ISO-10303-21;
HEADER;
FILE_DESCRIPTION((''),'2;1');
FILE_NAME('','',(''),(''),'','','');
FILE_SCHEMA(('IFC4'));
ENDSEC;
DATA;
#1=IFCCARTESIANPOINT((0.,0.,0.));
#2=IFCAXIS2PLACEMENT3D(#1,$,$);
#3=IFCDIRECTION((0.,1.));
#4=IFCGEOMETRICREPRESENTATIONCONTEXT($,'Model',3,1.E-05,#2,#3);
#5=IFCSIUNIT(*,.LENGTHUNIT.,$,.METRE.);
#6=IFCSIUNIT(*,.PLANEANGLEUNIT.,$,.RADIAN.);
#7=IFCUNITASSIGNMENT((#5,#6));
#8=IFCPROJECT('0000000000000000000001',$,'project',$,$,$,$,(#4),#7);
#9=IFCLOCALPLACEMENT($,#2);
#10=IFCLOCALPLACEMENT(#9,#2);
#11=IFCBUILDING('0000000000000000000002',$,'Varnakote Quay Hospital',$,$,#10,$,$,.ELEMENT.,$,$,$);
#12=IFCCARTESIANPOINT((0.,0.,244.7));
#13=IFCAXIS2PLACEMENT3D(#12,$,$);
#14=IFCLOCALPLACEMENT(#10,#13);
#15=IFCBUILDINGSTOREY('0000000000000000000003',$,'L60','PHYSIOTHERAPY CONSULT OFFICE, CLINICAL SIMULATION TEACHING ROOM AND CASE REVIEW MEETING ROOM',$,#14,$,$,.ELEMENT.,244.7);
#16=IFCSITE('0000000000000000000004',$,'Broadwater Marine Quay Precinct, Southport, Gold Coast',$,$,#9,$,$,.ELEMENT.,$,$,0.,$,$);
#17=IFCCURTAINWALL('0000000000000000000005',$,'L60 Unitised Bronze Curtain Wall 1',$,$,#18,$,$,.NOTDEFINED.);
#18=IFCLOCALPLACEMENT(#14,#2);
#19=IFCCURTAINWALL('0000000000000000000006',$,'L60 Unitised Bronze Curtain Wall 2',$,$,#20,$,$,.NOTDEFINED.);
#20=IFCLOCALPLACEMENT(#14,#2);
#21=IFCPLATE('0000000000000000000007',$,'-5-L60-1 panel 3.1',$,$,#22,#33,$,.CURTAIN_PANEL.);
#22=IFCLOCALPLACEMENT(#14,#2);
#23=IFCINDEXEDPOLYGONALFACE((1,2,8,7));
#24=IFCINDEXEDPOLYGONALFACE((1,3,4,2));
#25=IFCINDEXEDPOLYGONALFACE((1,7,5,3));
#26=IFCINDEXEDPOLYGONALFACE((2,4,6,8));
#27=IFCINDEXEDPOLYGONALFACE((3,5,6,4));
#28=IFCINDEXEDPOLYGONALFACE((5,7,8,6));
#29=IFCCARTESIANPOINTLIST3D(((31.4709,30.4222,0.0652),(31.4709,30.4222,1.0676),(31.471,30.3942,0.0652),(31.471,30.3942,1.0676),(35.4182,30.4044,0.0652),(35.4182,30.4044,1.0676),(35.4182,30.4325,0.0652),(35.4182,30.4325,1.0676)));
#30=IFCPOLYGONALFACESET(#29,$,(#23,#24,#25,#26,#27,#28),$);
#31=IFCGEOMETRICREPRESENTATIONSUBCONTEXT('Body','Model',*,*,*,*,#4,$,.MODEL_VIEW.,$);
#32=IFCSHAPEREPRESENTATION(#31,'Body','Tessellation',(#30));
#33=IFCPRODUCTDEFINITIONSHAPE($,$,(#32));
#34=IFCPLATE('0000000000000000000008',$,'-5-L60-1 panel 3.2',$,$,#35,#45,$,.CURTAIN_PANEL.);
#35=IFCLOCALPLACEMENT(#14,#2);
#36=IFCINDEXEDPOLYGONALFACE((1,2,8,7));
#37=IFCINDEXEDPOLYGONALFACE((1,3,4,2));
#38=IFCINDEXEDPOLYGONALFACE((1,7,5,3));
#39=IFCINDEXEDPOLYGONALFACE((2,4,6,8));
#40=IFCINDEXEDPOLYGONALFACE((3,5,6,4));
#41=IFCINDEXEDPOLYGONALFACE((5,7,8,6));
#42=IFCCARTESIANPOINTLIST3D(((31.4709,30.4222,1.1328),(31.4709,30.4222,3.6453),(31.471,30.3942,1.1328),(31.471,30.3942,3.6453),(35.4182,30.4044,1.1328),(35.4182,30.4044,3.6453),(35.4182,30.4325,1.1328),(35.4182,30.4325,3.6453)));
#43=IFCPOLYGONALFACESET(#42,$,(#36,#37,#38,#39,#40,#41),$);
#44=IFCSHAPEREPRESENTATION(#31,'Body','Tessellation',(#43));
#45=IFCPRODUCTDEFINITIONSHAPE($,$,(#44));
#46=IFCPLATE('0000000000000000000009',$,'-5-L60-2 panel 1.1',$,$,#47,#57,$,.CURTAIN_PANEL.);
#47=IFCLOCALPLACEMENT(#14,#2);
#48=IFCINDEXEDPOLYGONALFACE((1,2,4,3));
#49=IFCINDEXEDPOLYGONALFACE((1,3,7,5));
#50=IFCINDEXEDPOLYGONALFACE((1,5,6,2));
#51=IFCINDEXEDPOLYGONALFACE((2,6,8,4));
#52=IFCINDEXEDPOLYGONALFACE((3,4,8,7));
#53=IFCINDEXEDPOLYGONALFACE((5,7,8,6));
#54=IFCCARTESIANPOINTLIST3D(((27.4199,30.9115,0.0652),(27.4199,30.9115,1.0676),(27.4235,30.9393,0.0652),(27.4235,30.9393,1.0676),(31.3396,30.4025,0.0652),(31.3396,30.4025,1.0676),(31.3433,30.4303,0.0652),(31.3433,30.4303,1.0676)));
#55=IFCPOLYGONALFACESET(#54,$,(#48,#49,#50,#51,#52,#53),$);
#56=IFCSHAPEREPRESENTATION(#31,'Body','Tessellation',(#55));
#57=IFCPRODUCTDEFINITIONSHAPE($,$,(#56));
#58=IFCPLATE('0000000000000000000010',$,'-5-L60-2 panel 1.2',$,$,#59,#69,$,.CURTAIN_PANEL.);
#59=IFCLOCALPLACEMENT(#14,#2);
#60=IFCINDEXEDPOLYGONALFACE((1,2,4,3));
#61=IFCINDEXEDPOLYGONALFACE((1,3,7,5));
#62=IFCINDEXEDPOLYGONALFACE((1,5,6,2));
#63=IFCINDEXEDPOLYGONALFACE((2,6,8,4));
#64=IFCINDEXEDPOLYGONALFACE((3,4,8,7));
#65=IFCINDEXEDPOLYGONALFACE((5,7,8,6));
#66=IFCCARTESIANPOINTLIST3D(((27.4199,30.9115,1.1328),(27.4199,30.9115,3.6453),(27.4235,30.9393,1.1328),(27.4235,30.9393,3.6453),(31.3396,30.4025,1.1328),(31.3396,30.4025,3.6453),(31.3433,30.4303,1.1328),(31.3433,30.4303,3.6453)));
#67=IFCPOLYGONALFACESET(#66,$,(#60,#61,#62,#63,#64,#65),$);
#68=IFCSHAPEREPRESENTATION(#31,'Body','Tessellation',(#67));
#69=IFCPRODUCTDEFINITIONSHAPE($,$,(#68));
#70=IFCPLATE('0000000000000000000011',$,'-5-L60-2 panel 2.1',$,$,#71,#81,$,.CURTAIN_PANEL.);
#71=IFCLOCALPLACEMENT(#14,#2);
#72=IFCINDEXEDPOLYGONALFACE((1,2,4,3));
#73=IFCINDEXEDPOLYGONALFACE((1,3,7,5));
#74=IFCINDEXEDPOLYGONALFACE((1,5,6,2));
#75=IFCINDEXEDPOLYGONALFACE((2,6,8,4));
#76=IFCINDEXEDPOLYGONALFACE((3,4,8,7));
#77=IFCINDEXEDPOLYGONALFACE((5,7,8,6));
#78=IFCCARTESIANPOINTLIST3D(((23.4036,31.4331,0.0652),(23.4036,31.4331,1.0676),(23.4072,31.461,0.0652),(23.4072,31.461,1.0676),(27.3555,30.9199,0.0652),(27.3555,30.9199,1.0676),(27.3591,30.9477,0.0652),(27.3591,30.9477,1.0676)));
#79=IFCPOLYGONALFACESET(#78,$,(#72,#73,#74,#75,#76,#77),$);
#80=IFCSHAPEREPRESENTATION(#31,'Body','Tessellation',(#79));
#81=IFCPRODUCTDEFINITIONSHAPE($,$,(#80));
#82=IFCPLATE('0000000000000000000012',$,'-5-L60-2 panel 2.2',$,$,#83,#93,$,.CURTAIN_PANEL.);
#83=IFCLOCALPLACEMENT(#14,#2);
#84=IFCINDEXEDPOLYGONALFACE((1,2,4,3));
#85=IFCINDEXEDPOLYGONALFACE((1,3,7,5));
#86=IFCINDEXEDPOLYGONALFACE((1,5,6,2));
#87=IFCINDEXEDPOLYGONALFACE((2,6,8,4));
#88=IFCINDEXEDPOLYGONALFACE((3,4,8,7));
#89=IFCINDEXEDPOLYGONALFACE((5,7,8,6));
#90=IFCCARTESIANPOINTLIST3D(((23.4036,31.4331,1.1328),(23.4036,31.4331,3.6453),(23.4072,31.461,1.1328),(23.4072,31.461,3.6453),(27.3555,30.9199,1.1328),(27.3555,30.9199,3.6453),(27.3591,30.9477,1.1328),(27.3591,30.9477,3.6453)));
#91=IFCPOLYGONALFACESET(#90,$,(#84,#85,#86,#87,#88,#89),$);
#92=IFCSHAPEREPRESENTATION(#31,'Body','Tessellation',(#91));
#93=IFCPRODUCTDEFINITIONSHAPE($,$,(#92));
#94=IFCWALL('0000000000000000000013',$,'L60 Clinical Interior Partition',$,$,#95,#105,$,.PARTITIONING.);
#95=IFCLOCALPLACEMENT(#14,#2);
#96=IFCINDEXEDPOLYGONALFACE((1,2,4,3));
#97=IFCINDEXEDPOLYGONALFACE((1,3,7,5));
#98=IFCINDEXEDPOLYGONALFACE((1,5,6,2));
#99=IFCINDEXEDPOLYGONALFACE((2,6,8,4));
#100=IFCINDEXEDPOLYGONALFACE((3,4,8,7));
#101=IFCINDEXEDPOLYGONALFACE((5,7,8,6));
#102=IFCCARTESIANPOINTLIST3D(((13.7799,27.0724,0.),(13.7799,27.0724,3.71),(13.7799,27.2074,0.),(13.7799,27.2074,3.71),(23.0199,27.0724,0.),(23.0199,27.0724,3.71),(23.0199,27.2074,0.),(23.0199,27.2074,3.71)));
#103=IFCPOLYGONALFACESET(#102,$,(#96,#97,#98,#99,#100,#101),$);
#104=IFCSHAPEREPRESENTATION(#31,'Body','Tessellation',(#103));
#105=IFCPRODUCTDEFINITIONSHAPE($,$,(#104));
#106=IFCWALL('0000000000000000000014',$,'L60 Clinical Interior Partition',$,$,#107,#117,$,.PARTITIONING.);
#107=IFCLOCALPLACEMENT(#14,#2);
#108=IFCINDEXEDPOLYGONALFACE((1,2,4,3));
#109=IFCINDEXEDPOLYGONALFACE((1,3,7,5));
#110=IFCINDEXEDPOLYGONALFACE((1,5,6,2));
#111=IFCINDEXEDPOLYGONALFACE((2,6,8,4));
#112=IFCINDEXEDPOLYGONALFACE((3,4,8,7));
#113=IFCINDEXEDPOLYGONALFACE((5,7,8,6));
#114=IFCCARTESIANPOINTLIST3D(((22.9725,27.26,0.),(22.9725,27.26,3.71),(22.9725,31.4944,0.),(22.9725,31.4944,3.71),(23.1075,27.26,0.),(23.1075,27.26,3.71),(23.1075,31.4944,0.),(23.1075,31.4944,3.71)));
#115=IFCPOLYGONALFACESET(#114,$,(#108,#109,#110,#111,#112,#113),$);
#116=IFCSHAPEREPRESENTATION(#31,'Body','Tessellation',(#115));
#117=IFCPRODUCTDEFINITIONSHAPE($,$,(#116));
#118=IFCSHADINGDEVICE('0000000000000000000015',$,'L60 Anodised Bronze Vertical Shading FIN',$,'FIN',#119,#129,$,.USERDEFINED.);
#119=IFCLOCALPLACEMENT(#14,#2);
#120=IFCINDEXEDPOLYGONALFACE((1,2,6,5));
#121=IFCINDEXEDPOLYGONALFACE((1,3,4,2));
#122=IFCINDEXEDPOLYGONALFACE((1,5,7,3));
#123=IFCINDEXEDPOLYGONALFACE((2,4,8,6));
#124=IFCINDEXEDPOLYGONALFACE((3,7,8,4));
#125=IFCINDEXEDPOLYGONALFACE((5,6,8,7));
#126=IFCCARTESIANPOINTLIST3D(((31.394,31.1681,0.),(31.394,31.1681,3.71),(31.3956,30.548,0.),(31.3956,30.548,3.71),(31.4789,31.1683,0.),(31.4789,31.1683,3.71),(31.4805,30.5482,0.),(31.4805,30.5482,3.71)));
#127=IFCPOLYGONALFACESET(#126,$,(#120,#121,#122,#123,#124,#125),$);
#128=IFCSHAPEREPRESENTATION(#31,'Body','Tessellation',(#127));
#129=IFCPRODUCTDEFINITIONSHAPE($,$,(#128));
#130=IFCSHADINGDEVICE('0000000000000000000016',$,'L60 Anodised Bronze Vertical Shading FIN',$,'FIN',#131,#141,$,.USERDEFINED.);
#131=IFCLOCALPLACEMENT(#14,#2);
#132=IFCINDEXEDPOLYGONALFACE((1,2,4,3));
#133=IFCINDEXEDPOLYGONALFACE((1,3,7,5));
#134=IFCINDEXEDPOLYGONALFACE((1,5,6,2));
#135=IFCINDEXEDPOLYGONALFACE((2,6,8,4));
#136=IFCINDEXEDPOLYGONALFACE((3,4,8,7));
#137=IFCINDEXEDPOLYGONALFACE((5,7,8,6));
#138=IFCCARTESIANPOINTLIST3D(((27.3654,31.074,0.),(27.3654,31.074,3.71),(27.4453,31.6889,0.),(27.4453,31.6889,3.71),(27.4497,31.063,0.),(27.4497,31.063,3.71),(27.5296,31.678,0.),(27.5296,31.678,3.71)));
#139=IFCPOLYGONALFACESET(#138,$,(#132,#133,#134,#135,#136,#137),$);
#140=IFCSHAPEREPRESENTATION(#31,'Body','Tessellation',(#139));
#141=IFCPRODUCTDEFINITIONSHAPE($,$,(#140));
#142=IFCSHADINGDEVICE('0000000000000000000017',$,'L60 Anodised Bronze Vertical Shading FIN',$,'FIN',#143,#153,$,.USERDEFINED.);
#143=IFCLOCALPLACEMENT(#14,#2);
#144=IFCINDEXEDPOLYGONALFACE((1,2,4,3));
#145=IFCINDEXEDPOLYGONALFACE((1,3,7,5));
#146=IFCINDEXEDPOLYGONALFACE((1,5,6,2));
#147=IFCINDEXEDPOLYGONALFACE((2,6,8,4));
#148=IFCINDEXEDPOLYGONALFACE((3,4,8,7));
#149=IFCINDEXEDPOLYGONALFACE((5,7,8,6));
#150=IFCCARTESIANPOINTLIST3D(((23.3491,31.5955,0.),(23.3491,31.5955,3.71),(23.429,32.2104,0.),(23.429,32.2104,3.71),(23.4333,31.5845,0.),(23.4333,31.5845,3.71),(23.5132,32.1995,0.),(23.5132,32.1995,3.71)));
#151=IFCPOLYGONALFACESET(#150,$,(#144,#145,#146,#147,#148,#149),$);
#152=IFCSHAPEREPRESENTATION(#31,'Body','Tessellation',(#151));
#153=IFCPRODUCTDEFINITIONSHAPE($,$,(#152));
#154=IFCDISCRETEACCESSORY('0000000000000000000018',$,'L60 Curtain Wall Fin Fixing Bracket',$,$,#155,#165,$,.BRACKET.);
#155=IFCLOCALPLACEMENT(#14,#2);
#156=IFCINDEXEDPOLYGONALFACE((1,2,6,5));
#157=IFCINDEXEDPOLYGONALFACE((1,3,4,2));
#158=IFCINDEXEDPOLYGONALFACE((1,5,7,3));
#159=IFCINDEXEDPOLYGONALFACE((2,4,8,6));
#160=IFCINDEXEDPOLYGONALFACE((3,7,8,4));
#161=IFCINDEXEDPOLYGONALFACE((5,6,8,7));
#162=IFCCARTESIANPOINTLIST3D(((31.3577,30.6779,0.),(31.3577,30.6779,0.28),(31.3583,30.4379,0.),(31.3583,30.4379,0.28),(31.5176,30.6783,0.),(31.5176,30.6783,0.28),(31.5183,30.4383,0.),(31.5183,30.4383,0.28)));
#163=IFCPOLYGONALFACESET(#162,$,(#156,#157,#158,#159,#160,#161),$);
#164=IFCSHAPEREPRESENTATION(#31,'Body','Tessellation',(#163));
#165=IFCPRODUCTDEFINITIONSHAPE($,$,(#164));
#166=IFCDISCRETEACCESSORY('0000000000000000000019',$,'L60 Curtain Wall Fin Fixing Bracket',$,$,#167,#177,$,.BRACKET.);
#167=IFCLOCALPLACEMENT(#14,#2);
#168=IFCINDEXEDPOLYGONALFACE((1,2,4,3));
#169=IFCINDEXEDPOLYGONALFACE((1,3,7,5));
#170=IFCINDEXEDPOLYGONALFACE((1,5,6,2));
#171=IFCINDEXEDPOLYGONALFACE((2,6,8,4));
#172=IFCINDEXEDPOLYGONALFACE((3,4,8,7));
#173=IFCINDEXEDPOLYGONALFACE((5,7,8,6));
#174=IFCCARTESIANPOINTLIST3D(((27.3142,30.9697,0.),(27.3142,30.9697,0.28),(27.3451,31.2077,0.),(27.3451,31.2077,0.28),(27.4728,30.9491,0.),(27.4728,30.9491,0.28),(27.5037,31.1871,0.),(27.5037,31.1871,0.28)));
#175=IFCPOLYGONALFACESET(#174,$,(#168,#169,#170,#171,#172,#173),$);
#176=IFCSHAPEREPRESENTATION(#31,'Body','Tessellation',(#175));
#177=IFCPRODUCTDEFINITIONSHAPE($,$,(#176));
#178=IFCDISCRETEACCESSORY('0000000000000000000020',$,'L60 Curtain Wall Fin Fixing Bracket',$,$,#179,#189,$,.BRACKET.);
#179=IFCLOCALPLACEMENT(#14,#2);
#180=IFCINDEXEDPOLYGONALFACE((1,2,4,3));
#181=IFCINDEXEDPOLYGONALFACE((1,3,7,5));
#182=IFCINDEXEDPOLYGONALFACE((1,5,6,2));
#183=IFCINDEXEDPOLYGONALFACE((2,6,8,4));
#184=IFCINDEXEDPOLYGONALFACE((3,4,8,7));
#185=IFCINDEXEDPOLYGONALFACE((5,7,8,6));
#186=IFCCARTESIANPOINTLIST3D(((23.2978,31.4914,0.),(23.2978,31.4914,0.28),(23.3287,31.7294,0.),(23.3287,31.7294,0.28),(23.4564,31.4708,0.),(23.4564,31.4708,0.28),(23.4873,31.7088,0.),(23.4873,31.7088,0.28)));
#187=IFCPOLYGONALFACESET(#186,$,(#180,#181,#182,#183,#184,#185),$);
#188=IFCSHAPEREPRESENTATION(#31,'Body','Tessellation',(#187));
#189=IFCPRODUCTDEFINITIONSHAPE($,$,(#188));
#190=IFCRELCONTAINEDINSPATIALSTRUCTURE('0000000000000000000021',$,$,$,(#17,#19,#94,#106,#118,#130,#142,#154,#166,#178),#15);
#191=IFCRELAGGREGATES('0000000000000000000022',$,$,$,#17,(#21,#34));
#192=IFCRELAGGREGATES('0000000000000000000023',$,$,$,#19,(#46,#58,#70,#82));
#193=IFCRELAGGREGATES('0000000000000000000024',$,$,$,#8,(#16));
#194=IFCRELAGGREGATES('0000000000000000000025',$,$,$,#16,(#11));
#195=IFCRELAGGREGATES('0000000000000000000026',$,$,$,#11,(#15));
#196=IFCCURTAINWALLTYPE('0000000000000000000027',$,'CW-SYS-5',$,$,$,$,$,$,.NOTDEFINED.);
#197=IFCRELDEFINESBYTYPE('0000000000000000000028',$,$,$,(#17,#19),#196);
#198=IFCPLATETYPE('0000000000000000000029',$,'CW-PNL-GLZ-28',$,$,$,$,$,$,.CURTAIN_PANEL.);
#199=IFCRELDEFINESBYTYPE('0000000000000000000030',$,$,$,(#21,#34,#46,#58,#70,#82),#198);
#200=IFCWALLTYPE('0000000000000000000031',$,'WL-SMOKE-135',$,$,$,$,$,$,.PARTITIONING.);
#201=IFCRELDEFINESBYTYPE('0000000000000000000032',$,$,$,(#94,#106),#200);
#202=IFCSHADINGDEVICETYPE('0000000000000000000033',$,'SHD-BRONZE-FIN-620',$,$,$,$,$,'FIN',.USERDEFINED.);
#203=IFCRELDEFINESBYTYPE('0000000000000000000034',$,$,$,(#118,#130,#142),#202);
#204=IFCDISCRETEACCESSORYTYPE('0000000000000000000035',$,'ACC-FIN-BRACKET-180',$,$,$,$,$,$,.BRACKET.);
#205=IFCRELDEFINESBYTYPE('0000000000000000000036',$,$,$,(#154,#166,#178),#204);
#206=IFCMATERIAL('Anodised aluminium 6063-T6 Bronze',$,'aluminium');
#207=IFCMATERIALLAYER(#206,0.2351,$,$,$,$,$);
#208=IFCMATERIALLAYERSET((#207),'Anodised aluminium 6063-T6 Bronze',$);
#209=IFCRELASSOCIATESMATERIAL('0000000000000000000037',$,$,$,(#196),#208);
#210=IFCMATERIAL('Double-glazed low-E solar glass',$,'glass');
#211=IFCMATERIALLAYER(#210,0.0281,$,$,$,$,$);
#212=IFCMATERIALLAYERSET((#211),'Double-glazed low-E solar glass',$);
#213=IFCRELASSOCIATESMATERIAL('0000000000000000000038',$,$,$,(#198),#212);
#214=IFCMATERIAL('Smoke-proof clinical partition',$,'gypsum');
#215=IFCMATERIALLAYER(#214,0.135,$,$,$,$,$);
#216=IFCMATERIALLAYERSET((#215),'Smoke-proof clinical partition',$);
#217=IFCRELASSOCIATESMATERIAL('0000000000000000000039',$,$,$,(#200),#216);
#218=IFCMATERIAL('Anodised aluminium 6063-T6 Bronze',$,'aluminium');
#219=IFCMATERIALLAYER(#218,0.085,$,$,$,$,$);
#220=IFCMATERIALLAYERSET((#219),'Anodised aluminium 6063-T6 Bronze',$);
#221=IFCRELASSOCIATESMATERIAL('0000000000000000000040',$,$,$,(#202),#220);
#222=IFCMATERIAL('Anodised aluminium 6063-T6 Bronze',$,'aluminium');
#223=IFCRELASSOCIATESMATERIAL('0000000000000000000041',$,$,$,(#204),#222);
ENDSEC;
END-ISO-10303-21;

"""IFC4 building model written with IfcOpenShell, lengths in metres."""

from ifc_helpers import new_model, si_unit, direction, frame, frame_2d, origin, origin_2d, place, context, subcontext, project, spatial, rectangle, extrude, material, layer, layer_set, type_object, element, aggregate, save


model = new_model("IFC4")

# Units and contexts
model_context = context("Model", 3, precision=1e-05, world=origin(), true_north=direction((0.0, 1.0)))
body_context = subcontext(model_context, "Body", "Model", "MODEL_VIEW")
ifc_project = project(units=[si_unit("LENGTHUNIT", "METRE"), si_unit("PLANEANGLEUNIT", "RADIAN")], contexts=[model_context])

# Site, building, storey
site_placement = place(None, origin())
site = spatial("IfcSite", under=ifc_project, at=site_placement, Name="Broadwater Marine Quay Precinct, Southport, Gold Coast", CompositionType="ELEMENT", RefElevation=0.0)
building_placement = place(site_placement, origin())
building = spatial("IfcBuilding", under=site, at=building_placement, Name="Varnakote Quay Hospital", CompositionType="ELEMENT")
storey_placement = place(building_placement, frame((0.0, 0.0, 244.7)))
storey = spatial("IfcBuildingStorey", under=building, at=storey_placement, Name="L60", Description="PHYSIOTHERAPY CONSULT OFFICE, CLINICAL SIMULATION TEACHING ROOM AND CASE REVIEW MEETING ROOM", CompositionType="ELEMENT", Elevation=244.7)

# Curtain wall
ifc_material_1 = material(Name="Anodised aluminium 6063-T6 Bronze", Category="aluminium")
ifc_layer_1 = layer(ifc_material_1, 0.2351)
ifc_layer_set_1 = layer_set([ifc_layer_1], Name="Anodised aluminium 6063-T6 Bronze")
curtain_wall_type = type_object("IfcCurtainWallType", Name="CW-SYS-5", PredefinedType="NOTDEFINED", material=ifc_layer_set_1)
curtain_wall_1_placement = place(storey_placement, origin())
curtain_wall_1 = element("IfcCurtainWall", 1, at=curtain_wall_1_placement, inside=storey, type_object=curtain_wall_type, Name="L60 Unitised Bronze Curtain Wall 1", PredefinedType="NOTDEFINED")

# Curtain wall
curtain_wall_2_placement = place(storey_placement, origin())
curtain_wall_2 = element("IfcCurtainWall", 2, at=curtain_wall_2_placement, inside=storey, type_object=curtain_wall_type, Name="L60 Unitised Bronze Curtain Wall 2", PredefinedType="NOTDEFINED")

# Plates
ifc_material_2 = material(Name="Double-glazed low-E solar glass", Category="glass")
ifc_layer_2 = layer(ifc_material_2, 0.0281)
ifc_layer_set_2 = layer_set([ifc_layer_2], Name="Double-glazed low-E solar glass")
plate_type = type_object("IfcPlateType", Name="CW-PNL-GLZ-28", PredefinedType="CURTAIN_PANEL", material=ifc_layer_set_2)
plate_1_placement = place(storey_placement, frame((33.4446, 30.4133, 0.0652), z_axis=(0.0, 0.0, 1.0), x_axis=(-0.999997, -0.002604, 0.0)))
plate_1 = element("IfcPlate", 3, at=plate_1_placement, type_object=plate_type, Name="-5-L60-1 panel 3.1", PredefinedType="CURTAIN_PANEL", context=body_context, shape_type="SweptSolid", body=[
    extrude(rectangle(XDim=3.9473, YDim=0.0281, at=origin_2d()), origin(), (0.0, 0.0, 1.0), 1.0024),
])
plate_2_placement = place(storey_placement, frame((33.4446, 30.4133, 1.1328), z_axis=(0.0, 0.0, 1.0), x_axis=(-0.999997, -0.002604, 0.0)))
plate_2 = element("IfcPlate", 4, at=plate_2_placement, type_object=plate_type, Name="-5-L60-1 panel 3.2", PredefinedType="CURTAIN_PANEL", context=body_context, shape_type="SweptSolid", body=[
    extrude(rectangle(XDim=3.9473, YDim=0.0281, at=origin_2d()), origin(), (0.0, 0.0, 1.0), 2.5125),
])
aggregate(curtain_wall_1, [plate_1, plate_2])
plate_3_placement = place(storey_placement, frame((29.3816, 30.6709, 0.0652), z_axis=(0.0, 0.0, 1.0), x_axis=(-0.991672, 0.128787, 0.0)))
plate_3 = element("IfcPlate", 5, at=plate_3_placement, type_object=plate_type, Name="-5-L60-2 panel 1.1", PredefinedType="CURTAIN_PANEL", context=body_context, shape_type="SweptSolid", body=[
    extrude(rectangle(XDim=3.9526, YDim=0.0281, at=origin_2d()), origin(), (0.0, 0.0, 1.0), 1.0024),
])
plate_4_placement = place(storey_placement, frame((29.3816, 30.6709, 1.1328), z_axis=(0.0, 0.0, 1.0), x_axis=(-0.991672, 0.128787, 0.0)))
plate_4 = element("IfcPlate", 6, at=plate_4_placement, type_object=plate_type, Name="-5-L60-2 panel 1.2", PredefinedType="CURTAIN_PANEL", context=body_context, shape_type="SweptSolid", body=[
    extrude(rectangle(XDim=3.9526, YDim=0.0281, at=origin_2d()), origin(), (0.0, 0.0, 1.0), 2.5125),
])
plate_5_placement = place(storey_placement, frame((25.3813, 31.1904, 0.0652), z_axis=(0.0, 0.0, 1.0), x_axis=(-0.991672, 0.128787, 0.0)))
plate_5 = element("IfcPlate", 7, at=plate_5_placement, type_object=plate_type, Name="-5-L60-2 panel 2.1", PredefinedType="CURTAIN_PANEL", context=body_context, shape_type="SweptSolid", body=[
    extrude(rectangle(XDim=3.9851, YDim=0.0281, at=origin_2d()), origin(), (0.0, 0.0, 1.0), 1.0024),
])
plate_6_placement = place(storey_placement, frame((25.3813, 31.1904, 1.1328), z_axis=(0.0, 0.0, 1.0), x_axis=(-0.991672, 0.128787, 0.0)))
plate_6 = element("IfcPlate", 8, at=plate_6_placement, type_object=plate_type, Name="-5-L60-2 panel 2.2", PredefinedType="CURTAIN_PANEL", context=body_context, shape_type="SweptSolid", body=[
    extrude(rectangle(XDim=3.9851, YDim=0.0281, at=origin_2d()), origin(), (0.0, 0.0, 1.0), 2.5125),
])
aggregate(curtain_wall_2, [plate_3, plate_4, plate_5, plate_6])

# Walls
ifc_material_3 = material(Name="Smoke-proof clinical partition", Category="gypsum")
ifc_layer_3 = layer(ifc_material_3, 0.135)
ifc_layer_set_3 = layer_set([ifc_layer_3], Name="Smoke-proof clinical partition")
wall_type = type_object("IfcWallType", Name="WL-SMOKE-135", PredefinedType="PARTITIONING", material=ifc_layer_set_3)
wall_1_placement = place(storey_placement, frame((23.02, 27.1399, 0.0), z_axis=(0.0, 0.0, 1.0), x_axis=(-1.0, 0.0, 0.0)))
element("IfcWall", 9, at=wall_1_placement, inside=storey, type_object=wall_type, Name="L60 Clinical Interior Partition", PredefinedType="PARTITIONING", context=body_context, shape_type="SweptSolid", body=[
    extrude(rectangle(XDim=9.24, YDim=0.135, at=frame_2d((4.6201, 0.0))), origin(), (0.0, 0.0, 1.0), 3.71),
])
wall_2_placement = place(storey_placement, frame((23.04, 27.26, 0.0), z_axis=(0.0, 0.0, 1.0), x_axis=(0.0, 1.0, 0.0)))
element("IfcWall", 10, at=wall_2_placement, inside=storey, type_object=wall_type, Name="L60 Clinical Interior Partition", PredefinedType="PARTITIONING", context=body_context, shape_type="SweptSolid", body=[
    extrude(rectangle(XDim=4.2344, YDim=0.135, at=frame_2d((2.1172, 0.0))), origin(), (0.0, 0.0, 1.0), 3.71),
])

# Shading devices
ifc_material_4 = material(Name="Anodised aluminium 6063-T6 Bronze", Category="aluminium")
ifc_layer_4 = layer(ifc_material_4, 0.085)
ifc_layer_set_4 = layer_set([ifc_layer_4], Name="Anodised aluminium 6063-T6 Bronze")
shading_device_type = type_object("IfcShadingDeviceType", Name="SHD-BRONZE-FIN-620", ElementType="FIN", PredefinedType="USERDEFINED", material=ifc_layer_set_4)
for number, where, z_axis, x_axis, name in (
    (11, (31.4373, 30.8582, 0.0), (0.0, 0.0, 1.0), (0.002618, -0.999997, 0.0), "L60 Anodised Bronze Vertical Shading FIN"),
    (12, (27.4475, 31.376, 0.0), (0.0, 0.0, 1.0), (-0.128796, -0.991671, 0.0), "L60 Anodised Bronze Vertical Shading FIN"),
    (13, (23.4312, 31.8975, 0.0), (0.0, 0.0, 1.0), (-0.128796, -0.991671, 0.0), "L60 Anodised Bronze Vertical Shading FIN"),
):
    element("IfcShadingDevice", number, at=place(storey_placement, frame(where, z_axis=z_axis, x_axis=x_axis)), inside=storey, type_object=shading_device_type, Name=name, ObjectType="FIN", PredefinedType="USERDEFINED", context=body_context, shape_type="SweptSolid", body=[
        extrude(rectangle(XDim=0.6201, YDim=0.085, at=origin_2d()), origin(), (0.0, 0.0, 1.0), 3.71),
    ])

# Discrete accessories
ifc_material_5 = material(Name="Anodised aluminium 6063-T6 Bronze", Category="aluminium")
discrete_accessory_type = type_object("IfcDiscreteAccessoryType", Name="ACC-FIN-BRACKET-180", PredefinedType="BRACKET", material=ifc_material_5)
for number, where, z_axis, x_axis, name in (
    (14, (31.438, 30.5581, 0.0), (0.0, 0.0, 1.0), (-0.999997, -0.002618, 0.0), "L60 Curtain Wall Fin Fixing Bracket"),
    (15, (27.4089, 31.0784, 0.0), (0.0, 0.0, 1.0), (-0.991671, 0.128796, 0.0), "L60 Curtain Wall Fin Fixing Bracket"),
    (16, (23.3926, 31.6001, 0.0), (0.0, 0.0, 1.0), (-0.991671, 0.128796, 0.0), "L60 Curtain Wall Fin Fixing Bracket"),
):
    element("IfcDiscreteAccessory", number, at=place(storey_placement, frame(where, z_axis=z_axis, x_axis=x_axis)), inside=storey, type_object=discrete_accessory_type, Name=name, PredefinedType="BRACKET", context=body_context, shape_type="SweptSolid", body=[
        extrude(rectangle(XDim=0.1599, YDim=0.24, at=origin_2d()), origin(), (0.0, 0.0, 1.0), 0.28),
    ])

save(model, "model.ifc")
